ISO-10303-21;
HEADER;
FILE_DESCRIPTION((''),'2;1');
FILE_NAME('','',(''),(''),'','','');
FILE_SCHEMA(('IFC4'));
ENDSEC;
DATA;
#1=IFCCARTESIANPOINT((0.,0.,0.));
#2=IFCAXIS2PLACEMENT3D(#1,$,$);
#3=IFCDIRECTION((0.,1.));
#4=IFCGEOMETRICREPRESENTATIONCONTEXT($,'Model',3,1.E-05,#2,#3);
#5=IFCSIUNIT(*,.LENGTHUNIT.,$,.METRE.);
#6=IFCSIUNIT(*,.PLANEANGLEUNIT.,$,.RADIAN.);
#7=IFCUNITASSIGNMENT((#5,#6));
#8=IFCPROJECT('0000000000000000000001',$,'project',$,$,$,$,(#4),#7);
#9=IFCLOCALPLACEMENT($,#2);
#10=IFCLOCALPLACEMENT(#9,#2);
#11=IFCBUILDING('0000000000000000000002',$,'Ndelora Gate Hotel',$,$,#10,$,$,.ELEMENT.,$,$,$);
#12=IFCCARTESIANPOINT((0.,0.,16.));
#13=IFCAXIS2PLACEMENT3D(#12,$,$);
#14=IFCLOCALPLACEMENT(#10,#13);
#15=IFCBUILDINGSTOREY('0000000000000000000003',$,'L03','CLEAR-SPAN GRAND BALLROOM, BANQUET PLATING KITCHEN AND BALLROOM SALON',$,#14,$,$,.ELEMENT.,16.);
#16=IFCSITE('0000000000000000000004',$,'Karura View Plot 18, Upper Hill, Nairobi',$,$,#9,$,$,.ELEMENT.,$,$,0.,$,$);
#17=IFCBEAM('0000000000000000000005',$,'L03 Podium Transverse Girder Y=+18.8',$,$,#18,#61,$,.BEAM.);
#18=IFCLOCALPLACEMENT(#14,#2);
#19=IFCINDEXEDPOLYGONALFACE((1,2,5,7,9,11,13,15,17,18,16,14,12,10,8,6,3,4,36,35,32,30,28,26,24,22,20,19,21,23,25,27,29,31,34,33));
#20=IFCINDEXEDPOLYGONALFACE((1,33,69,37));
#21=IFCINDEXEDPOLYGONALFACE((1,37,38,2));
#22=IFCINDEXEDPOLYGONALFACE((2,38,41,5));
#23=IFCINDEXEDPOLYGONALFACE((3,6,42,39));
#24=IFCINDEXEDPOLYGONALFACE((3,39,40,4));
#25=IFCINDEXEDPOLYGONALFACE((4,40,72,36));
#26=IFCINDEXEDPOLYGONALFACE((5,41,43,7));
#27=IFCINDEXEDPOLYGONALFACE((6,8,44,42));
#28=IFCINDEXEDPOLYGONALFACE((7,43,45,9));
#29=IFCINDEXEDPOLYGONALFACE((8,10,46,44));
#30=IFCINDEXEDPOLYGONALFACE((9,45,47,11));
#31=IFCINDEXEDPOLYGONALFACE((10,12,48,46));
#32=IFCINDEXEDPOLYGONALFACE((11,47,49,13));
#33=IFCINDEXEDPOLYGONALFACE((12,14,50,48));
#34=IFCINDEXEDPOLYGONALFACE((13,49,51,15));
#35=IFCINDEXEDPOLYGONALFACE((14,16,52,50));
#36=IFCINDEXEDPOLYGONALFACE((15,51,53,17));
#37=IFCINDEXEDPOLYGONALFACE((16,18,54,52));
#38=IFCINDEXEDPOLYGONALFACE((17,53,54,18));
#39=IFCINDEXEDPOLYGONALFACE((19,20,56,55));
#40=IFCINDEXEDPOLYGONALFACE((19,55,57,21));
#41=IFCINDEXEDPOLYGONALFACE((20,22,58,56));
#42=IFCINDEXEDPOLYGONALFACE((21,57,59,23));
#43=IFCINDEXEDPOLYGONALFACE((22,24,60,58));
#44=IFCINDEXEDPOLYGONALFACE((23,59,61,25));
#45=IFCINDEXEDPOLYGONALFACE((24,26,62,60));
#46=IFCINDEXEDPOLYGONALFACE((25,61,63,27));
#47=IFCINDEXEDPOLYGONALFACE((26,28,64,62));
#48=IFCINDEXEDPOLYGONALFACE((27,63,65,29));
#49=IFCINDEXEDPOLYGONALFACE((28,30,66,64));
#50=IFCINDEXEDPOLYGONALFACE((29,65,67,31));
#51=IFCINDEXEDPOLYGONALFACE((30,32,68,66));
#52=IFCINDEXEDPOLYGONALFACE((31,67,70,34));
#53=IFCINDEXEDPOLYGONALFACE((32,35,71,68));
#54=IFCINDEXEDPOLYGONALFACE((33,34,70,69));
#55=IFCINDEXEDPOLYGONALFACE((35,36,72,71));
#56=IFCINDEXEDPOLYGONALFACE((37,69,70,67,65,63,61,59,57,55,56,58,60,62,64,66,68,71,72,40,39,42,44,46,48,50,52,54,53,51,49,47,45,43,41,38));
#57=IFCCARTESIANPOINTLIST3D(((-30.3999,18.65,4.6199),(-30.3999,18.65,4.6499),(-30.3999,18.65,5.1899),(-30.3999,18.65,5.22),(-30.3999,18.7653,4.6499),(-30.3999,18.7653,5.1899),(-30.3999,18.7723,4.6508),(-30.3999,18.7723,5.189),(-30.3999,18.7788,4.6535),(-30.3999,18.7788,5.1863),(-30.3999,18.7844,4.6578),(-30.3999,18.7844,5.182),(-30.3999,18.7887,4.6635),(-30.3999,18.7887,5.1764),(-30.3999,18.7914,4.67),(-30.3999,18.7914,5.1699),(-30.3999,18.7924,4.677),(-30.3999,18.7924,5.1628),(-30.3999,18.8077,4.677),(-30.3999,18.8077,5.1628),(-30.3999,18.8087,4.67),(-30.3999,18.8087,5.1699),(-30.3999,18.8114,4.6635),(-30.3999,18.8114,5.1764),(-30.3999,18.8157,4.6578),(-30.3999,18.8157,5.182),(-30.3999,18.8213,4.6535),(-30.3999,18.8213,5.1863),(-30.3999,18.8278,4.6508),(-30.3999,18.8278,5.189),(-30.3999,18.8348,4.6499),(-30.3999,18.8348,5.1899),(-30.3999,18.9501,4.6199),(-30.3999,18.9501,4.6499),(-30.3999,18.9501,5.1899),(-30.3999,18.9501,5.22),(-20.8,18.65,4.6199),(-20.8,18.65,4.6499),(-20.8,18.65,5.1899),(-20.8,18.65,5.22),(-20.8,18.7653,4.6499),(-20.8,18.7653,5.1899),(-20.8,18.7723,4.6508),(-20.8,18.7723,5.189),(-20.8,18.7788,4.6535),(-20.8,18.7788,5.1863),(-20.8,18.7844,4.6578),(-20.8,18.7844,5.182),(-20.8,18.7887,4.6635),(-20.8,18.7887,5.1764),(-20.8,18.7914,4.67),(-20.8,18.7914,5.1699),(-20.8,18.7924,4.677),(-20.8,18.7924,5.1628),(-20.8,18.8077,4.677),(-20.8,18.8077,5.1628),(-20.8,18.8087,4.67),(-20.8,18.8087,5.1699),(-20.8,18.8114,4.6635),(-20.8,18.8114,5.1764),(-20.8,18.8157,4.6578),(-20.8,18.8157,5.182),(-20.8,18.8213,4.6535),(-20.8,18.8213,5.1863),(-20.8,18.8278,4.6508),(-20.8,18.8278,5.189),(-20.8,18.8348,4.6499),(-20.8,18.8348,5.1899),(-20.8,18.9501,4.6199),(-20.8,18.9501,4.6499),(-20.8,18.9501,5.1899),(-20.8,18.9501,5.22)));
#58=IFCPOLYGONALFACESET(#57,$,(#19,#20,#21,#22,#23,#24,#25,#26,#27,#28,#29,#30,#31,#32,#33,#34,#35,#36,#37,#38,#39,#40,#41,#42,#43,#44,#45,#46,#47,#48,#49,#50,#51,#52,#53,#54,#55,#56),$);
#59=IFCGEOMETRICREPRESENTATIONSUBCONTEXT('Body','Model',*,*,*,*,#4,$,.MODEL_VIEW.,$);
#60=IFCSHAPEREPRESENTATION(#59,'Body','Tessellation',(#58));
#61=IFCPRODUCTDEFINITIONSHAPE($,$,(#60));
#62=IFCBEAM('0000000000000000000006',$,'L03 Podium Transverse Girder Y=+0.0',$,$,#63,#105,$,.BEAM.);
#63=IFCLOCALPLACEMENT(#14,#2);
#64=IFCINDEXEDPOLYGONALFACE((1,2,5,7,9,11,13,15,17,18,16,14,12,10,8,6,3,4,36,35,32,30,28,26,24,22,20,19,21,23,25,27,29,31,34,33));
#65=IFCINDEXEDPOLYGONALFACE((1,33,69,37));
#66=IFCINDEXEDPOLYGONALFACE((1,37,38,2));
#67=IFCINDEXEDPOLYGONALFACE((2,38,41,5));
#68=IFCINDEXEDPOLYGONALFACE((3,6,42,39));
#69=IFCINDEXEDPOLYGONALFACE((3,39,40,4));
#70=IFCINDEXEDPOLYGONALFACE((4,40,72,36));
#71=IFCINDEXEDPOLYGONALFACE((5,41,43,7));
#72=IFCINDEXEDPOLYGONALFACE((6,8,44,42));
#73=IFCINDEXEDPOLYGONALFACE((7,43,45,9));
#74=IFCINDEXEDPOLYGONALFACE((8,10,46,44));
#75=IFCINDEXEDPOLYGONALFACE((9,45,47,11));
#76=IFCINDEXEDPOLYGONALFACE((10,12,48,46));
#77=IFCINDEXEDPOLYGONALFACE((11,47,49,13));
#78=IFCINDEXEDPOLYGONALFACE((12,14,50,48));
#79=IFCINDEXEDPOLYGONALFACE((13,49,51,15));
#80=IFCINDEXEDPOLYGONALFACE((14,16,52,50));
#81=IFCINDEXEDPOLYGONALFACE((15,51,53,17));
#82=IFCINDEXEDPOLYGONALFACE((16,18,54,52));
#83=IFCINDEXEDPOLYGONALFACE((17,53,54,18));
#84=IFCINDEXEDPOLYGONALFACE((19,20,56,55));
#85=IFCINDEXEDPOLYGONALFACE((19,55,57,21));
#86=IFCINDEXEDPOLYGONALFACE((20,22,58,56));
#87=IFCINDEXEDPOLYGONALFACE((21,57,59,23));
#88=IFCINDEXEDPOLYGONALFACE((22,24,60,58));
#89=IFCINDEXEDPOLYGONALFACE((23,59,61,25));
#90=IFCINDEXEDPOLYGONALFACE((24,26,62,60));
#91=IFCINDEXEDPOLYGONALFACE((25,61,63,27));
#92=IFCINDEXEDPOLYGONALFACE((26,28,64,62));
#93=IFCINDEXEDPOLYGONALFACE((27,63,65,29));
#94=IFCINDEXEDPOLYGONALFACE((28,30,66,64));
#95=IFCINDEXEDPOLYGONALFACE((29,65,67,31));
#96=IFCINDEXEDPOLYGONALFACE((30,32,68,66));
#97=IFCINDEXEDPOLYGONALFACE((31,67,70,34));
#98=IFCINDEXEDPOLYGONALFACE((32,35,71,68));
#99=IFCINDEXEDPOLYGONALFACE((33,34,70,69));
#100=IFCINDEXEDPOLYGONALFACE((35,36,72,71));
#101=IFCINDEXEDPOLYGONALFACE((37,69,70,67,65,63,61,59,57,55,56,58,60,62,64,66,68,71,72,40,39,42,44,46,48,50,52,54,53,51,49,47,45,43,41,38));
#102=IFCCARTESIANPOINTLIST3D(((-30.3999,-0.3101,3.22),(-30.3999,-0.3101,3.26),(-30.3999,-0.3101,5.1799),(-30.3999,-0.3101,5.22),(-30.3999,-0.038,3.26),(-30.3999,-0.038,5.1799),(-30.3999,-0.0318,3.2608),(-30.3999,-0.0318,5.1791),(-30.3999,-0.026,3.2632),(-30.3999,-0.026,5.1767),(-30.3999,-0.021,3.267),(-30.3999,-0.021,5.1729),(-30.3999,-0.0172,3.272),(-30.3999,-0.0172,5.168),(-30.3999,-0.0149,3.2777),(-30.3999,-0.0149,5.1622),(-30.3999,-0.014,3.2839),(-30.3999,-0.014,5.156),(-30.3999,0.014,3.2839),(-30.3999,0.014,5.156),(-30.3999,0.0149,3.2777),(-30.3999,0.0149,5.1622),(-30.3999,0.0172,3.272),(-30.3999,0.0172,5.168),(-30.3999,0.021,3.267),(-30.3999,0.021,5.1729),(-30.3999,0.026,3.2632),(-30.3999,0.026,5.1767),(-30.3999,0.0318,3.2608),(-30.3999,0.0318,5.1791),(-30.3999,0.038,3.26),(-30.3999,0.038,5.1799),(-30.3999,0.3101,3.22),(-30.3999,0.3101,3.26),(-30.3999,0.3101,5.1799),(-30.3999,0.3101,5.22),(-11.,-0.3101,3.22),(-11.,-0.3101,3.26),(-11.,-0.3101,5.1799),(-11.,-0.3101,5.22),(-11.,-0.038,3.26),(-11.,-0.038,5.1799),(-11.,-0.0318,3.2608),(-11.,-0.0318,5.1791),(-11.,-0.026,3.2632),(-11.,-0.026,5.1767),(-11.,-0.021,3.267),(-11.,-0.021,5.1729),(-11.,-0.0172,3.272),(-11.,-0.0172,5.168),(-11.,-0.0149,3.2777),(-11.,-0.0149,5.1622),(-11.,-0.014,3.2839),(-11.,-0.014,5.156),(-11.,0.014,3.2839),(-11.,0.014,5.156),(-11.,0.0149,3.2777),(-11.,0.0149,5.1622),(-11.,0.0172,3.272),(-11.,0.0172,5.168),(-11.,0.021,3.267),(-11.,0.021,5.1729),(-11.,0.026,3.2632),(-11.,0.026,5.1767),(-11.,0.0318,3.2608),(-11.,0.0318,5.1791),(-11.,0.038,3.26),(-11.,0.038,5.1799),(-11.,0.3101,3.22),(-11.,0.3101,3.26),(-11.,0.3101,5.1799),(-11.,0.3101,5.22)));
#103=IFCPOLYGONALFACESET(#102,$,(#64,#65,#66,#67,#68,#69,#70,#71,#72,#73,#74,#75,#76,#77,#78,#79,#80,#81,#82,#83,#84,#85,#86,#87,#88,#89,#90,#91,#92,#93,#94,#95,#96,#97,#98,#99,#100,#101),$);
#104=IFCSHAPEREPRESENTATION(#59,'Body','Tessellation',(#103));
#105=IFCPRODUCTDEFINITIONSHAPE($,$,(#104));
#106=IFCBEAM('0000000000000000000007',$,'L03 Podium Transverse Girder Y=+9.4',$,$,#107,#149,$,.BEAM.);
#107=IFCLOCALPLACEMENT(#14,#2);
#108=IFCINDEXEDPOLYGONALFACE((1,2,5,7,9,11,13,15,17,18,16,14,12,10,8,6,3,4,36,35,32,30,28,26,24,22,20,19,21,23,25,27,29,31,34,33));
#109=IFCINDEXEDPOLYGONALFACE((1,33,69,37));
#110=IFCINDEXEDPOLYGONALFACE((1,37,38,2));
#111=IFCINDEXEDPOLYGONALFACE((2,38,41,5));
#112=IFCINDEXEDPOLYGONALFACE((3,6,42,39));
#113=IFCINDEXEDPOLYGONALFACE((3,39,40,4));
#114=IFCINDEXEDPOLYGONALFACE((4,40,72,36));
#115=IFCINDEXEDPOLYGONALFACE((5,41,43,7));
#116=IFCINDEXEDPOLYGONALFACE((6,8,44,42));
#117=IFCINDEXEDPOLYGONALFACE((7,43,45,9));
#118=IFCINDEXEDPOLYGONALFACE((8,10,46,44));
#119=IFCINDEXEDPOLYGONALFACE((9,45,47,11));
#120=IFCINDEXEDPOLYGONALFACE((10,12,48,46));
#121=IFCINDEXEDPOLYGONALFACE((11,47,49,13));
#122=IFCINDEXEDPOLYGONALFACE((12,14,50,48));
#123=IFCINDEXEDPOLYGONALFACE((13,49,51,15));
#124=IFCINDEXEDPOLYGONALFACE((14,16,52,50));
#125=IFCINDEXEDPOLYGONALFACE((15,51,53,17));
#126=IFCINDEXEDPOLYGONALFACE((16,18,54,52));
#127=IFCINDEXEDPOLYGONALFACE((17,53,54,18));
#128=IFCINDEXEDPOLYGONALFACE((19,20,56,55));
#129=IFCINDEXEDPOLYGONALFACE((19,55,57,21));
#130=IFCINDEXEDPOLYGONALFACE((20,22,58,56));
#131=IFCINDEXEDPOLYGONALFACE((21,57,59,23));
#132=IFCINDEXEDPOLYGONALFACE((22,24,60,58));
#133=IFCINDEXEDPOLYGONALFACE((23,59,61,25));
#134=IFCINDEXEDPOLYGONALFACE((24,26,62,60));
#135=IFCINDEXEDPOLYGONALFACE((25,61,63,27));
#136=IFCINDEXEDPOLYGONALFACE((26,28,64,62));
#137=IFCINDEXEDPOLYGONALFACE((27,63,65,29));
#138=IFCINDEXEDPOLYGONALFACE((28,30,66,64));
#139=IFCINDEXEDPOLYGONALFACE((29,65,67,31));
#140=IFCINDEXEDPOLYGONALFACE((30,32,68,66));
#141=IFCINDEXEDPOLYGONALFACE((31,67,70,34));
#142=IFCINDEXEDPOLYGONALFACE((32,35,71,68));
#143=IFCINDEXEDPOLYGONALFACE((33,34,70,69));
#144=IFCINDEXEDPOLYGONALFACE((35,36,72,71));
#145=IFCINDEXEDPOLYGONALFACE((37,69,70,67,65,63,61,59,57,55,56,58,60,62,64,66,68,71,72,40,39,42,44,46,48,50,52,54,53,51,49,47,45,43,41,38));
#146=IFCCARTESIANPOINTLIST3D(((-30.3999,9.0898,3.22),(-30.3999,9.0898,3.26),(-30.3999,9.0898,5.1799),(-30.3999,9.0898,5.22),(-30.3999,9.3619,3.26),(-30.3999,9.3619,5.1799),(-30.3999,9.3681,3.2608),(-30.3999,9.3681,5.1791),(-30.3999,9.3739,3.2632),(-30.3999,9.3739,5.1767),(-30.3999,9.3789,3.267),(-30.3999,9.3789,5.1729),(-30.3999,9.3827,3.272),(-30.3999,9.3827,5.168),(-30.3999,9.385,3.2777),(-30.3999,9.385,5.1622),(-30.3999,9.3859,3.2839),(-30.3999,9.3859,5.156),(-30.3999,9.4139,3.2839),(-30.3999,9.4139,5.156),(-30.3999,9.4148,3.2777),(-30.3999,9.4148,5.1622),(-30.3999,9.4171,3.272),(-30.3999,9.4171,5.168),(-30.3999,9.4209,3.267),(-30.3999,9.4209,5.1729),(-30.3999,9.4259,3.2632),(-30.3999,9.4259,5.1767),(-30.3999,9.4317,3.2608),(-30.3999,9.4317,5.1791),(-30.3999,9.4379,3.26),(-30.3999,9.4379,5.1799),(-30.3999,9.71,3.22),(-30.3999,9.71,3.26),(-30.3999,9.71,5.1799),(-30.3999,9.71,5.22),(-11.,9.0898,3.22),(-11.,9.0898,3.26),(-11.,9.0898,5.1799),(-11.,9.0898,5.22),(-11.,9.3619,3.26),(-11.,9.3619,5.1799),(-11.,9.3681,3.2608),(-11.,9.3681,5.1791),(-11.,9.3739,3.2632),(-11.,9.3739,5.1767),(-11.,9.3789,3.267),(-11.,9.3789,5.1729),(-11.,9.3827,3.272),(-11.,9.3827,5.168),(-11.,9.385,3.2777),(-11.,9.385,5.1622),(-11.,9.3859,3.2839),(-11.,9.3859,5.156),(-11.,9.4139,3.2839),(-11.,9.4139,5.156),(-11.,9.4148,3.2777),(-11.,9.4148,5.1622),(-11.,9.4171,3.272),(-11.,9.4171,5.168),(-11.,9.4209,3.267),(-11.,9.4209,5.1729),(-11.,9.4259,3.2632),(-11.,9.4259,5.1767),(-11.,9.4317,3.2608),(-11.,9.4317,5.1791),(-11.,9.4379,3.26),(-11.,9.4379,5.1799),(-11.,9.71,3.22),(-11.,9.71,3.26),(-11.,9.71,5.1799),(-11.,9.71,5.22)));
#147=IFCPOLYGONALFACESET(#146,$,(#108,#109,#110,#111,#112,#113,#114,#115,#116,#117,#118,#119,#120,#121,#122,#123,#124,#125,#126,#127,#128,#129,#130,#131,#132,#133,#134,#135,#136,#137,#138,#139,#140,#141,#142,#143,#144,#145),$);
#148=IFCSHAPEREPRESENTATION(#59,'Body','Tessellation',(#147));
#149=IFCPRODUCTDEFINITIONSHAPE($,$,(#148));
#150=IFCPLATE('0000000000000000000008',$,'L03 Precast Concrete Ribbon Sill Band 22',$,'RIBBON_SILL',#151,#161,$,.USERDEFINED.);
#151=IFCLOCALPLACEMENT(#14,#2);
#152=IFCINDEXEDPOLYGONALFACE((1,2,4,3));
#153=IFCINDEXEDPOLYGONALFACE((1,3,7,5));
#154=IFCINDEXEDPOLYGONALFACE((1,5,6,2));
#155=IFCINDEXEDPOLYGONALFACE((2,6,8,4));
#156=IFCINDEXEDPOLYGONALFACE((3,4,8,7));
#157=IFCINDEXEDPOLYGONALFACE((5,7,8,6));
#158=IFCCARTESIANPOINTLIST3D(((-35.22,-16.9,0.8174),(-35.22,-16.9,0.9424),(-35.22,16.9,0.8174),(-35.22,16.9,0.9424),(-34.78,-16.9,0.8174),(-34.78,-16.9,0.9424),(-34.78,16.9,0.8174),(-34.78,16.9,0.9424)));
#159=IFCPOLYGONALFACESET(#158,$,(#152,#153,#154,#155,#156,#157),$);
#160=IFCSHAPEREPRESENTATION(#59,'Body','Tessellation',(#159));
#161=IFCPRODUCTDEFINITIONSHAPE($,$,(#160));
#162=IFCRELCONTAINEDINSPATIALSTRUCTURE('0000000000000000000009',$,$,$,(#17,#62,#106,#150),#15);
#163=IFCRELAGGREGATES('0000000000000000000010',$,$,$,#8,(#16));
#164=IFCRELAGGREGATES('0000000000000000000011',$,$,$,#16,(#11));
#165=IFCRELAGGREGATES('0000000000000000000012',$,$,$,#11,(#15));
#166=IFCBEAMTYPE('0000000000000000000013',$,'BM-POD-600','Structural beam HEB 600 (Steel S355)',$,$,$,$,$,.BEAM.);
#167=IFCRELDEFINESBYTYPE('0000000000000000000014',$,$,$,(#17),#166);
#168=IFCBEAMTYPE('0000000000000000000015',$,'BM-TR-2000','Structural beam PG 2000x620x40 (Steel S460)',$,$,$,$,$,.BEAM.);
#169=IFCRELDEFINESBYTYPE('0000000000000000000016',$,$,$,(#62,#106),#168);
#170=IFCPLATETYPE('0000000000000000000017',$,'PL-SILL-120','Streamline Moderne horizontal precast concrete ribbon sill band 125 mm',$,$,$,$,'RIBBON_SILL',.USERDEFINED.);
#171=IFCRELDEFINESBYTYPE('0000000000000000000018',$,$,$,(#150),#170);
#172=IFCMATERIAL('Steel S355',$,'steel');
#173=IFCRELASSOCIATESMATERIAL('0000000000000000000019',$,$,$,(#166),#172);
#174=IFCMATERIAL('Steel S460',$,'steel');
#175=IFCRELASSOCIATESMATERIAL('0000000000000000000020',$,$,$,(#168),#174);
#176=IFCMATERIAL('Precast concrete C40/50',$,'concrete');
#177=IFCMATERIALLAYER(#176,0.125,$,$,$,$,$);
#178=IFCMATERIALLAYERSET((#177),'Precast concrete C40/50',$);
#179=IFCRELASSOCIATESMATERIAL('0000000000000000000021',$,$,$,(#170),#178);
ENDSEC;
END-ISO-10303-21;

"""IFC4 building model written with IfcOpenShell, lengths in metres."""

from ifc_helpers import new_model, si_unit, direction, frame, origin, origin_2d, place, context, subcontext, project, spatial, rectangle, i_section, extrude, material, layer, layer_set, material_profile, profile_set, type_object, element, save


model = new_model("IFC4")

# Units and contexts
model_context = context("Model", 3, precision=1e-05, world=origin(), true_north=direction((0.0, 1.0)))
body_context = subcontext(model_context, "Body", "Model", "MODEL_VIEW")
ifc_project = project(units=[si_unit("LENGTHUNIT", "METRE"), si_unit("PLANEANGLEUNIT", "RADIAN")], contexts=[model_context])

# Site, building, storey
site_placement = place(None, origin())
site = spatial("IfcSite", under=ifc_project, at=site_placement, Name="Karura View Plot 18, Upper Hill, Nairobi", CompositionType="ELEMENT", RefElevation=0.0)
building_placement = place(site_placement, origin())
building = spatial("IfcBuilding", under=site, at=building_placement, Name="Ndelora Gate Hotel", CompositionType="ELEMENT")
storey_placement = place(building_placement, frame((0.0, 0.0, 16.0)))
storey = spatial("IfcBuildingStorey", under=building, at=storey_placement, Name="L03", Description="CLEAR-SPAN GRAND BALLROOM, BANQUET PLATING KITCHEN AND BALLROOM SALON", CompositionType="ELEMENT", Elevation=16.0)

# Beams
ifc_material_1 = material(Name="Steel S355", Category="steel")
ifc_material_profile_1 = material_profile(ifc_material_1, i_section(OverallWidth=0.3, OverallDepth=0.6001, WebThickness=0.0154, FlangeThickness=0.03, FilletRadius=0.0271, at=origin_2d()), Name="HEB 600")
ifc_profile_set_1 = profile_set([ifc_material_profile_1], Name="Steel S355")
beam_type_1 = type_object("IfcBeamType", Name="BM-POD-600", Description="Structural beam HEB 600 (Steel S355)", PredefinedType="BEAM", material=ifc_profile_set_1)
beam_1_placement = place(storey_placement, frame((-30.3999, 18.8, 4.9199), z_axis=(1.0, 0.0, 0.0), x_axis=(0.0, 1.0, 0.0)))
element("IfcBeam", 1, at=beam_1_placement, inside=storey, type_object=beam_type_1, Name="L03 Podium Transverse Girder Y=+18.8", PredefinedType="BEAM", context=body_context, shape_type="SweptSolid", body=[
    extrude(i_section(OverallWidth=0.3, OverallDepth=0.6001, WebThickness=0.0154, FlangeThickness=0.03, FilletRadius=0.0271, at=origin_2d()), origin(), (0.0, 0.0, 1.0), 9.5999),
])
ifc_material_2 = material(Name="Steel S460", Category="steel")
ifc_material_profile_2 = material_profile(ifc_material_2, i_section(OverallWidth=0.6201, OverallDepth=2.0, WebThickness=0.0281, FlangeThickness=0.04, FilletRadius=0.0239, at=origin_2d()), Name="PG 2000x620x40")
ifc_profile_set_2 = profile_set([ifc_material_profile_2], Name="Steel S460")
beam_type_2 = type_object("IfcBeamType", Name="BM-TR-2000", Description="Structural beam PG 2000x620x40 (Steel S460)", PredefinedType="BEAM", material=ifc_profile_set_2)
for number, where, z_axis, x_axis, name in (
    (2, (-30.3999, 0.0, 4.22), (1.0, 0.0, 0.0), (0.0, 1.0, 0.0), "L03 Podium Transverse Girder Y=+0.0"),
    (3, (-30.3999, 9.3999, 4.22), (1.0, 0.0, 0.0), (0.0, 1.0, 0.0), "L03 Podium Transverse Girder Y=+9.4"),
):
    element("IfcBeam", number, at=place(storey_placement, frame(where, z_axis=z_axis, x_axis=x_axis)), inside=storey, type_object=beam_type_2, Name=name, PredefinedType="BEAM", context=body_context, shape_type="SweptSolid", body=[
        extrude(i_section(OverallWidth=0.6201, OverallDepth=2.0, WebThickness=0.0281, FlangeThickness=0.04, FilletRadius=0.0239, at=origin_2d()), origin(), (0.0, 0.0, 1.0), 19.3999),
    ])

# Plate
ifc_material_3 = material(Name="Precast concrete C40/50", Category="concrete")
ifc_layer_1 = layer(ifc_material_3, 0.125)
ifc_layer_set_1 = layer_set([ifc_layer_1], Name="Precast concrete C40/50")
plate_type = type_object("IfcPlateType", Name="PL-SILL-120", Description="Streamline Moderne horizontal precast concrete ribbon sill band 125 mm", ElementType="RIBBON_SILL", PredefinedType="USERDEFINED", material=ifc_layer_set_1)
plate_placement = place(storey_placement, frame((-35.0, 0.0, 0.8174), z_axis=(0.0, 0.0, 1.0), x_axis=(0.0, 1.0, 0.0)))
element("IfcPlate", 4, at=plate_placement, inside=storey, type_object=plate_type, Name="L03 Precast Concrete Ribbon Sill Band 22", ObjectType="RIBBON_SILL", PredefinedType="USERDEFINED", context=body_context, shape_type="SweptSolid", body=[
    extrude(rectangle(XDim=33.8, YDim=0.4399, at=origin_2d()), origin(), (0.0, 0.0, 1.0), 0.125),
])

save(model, "model.ifc")
